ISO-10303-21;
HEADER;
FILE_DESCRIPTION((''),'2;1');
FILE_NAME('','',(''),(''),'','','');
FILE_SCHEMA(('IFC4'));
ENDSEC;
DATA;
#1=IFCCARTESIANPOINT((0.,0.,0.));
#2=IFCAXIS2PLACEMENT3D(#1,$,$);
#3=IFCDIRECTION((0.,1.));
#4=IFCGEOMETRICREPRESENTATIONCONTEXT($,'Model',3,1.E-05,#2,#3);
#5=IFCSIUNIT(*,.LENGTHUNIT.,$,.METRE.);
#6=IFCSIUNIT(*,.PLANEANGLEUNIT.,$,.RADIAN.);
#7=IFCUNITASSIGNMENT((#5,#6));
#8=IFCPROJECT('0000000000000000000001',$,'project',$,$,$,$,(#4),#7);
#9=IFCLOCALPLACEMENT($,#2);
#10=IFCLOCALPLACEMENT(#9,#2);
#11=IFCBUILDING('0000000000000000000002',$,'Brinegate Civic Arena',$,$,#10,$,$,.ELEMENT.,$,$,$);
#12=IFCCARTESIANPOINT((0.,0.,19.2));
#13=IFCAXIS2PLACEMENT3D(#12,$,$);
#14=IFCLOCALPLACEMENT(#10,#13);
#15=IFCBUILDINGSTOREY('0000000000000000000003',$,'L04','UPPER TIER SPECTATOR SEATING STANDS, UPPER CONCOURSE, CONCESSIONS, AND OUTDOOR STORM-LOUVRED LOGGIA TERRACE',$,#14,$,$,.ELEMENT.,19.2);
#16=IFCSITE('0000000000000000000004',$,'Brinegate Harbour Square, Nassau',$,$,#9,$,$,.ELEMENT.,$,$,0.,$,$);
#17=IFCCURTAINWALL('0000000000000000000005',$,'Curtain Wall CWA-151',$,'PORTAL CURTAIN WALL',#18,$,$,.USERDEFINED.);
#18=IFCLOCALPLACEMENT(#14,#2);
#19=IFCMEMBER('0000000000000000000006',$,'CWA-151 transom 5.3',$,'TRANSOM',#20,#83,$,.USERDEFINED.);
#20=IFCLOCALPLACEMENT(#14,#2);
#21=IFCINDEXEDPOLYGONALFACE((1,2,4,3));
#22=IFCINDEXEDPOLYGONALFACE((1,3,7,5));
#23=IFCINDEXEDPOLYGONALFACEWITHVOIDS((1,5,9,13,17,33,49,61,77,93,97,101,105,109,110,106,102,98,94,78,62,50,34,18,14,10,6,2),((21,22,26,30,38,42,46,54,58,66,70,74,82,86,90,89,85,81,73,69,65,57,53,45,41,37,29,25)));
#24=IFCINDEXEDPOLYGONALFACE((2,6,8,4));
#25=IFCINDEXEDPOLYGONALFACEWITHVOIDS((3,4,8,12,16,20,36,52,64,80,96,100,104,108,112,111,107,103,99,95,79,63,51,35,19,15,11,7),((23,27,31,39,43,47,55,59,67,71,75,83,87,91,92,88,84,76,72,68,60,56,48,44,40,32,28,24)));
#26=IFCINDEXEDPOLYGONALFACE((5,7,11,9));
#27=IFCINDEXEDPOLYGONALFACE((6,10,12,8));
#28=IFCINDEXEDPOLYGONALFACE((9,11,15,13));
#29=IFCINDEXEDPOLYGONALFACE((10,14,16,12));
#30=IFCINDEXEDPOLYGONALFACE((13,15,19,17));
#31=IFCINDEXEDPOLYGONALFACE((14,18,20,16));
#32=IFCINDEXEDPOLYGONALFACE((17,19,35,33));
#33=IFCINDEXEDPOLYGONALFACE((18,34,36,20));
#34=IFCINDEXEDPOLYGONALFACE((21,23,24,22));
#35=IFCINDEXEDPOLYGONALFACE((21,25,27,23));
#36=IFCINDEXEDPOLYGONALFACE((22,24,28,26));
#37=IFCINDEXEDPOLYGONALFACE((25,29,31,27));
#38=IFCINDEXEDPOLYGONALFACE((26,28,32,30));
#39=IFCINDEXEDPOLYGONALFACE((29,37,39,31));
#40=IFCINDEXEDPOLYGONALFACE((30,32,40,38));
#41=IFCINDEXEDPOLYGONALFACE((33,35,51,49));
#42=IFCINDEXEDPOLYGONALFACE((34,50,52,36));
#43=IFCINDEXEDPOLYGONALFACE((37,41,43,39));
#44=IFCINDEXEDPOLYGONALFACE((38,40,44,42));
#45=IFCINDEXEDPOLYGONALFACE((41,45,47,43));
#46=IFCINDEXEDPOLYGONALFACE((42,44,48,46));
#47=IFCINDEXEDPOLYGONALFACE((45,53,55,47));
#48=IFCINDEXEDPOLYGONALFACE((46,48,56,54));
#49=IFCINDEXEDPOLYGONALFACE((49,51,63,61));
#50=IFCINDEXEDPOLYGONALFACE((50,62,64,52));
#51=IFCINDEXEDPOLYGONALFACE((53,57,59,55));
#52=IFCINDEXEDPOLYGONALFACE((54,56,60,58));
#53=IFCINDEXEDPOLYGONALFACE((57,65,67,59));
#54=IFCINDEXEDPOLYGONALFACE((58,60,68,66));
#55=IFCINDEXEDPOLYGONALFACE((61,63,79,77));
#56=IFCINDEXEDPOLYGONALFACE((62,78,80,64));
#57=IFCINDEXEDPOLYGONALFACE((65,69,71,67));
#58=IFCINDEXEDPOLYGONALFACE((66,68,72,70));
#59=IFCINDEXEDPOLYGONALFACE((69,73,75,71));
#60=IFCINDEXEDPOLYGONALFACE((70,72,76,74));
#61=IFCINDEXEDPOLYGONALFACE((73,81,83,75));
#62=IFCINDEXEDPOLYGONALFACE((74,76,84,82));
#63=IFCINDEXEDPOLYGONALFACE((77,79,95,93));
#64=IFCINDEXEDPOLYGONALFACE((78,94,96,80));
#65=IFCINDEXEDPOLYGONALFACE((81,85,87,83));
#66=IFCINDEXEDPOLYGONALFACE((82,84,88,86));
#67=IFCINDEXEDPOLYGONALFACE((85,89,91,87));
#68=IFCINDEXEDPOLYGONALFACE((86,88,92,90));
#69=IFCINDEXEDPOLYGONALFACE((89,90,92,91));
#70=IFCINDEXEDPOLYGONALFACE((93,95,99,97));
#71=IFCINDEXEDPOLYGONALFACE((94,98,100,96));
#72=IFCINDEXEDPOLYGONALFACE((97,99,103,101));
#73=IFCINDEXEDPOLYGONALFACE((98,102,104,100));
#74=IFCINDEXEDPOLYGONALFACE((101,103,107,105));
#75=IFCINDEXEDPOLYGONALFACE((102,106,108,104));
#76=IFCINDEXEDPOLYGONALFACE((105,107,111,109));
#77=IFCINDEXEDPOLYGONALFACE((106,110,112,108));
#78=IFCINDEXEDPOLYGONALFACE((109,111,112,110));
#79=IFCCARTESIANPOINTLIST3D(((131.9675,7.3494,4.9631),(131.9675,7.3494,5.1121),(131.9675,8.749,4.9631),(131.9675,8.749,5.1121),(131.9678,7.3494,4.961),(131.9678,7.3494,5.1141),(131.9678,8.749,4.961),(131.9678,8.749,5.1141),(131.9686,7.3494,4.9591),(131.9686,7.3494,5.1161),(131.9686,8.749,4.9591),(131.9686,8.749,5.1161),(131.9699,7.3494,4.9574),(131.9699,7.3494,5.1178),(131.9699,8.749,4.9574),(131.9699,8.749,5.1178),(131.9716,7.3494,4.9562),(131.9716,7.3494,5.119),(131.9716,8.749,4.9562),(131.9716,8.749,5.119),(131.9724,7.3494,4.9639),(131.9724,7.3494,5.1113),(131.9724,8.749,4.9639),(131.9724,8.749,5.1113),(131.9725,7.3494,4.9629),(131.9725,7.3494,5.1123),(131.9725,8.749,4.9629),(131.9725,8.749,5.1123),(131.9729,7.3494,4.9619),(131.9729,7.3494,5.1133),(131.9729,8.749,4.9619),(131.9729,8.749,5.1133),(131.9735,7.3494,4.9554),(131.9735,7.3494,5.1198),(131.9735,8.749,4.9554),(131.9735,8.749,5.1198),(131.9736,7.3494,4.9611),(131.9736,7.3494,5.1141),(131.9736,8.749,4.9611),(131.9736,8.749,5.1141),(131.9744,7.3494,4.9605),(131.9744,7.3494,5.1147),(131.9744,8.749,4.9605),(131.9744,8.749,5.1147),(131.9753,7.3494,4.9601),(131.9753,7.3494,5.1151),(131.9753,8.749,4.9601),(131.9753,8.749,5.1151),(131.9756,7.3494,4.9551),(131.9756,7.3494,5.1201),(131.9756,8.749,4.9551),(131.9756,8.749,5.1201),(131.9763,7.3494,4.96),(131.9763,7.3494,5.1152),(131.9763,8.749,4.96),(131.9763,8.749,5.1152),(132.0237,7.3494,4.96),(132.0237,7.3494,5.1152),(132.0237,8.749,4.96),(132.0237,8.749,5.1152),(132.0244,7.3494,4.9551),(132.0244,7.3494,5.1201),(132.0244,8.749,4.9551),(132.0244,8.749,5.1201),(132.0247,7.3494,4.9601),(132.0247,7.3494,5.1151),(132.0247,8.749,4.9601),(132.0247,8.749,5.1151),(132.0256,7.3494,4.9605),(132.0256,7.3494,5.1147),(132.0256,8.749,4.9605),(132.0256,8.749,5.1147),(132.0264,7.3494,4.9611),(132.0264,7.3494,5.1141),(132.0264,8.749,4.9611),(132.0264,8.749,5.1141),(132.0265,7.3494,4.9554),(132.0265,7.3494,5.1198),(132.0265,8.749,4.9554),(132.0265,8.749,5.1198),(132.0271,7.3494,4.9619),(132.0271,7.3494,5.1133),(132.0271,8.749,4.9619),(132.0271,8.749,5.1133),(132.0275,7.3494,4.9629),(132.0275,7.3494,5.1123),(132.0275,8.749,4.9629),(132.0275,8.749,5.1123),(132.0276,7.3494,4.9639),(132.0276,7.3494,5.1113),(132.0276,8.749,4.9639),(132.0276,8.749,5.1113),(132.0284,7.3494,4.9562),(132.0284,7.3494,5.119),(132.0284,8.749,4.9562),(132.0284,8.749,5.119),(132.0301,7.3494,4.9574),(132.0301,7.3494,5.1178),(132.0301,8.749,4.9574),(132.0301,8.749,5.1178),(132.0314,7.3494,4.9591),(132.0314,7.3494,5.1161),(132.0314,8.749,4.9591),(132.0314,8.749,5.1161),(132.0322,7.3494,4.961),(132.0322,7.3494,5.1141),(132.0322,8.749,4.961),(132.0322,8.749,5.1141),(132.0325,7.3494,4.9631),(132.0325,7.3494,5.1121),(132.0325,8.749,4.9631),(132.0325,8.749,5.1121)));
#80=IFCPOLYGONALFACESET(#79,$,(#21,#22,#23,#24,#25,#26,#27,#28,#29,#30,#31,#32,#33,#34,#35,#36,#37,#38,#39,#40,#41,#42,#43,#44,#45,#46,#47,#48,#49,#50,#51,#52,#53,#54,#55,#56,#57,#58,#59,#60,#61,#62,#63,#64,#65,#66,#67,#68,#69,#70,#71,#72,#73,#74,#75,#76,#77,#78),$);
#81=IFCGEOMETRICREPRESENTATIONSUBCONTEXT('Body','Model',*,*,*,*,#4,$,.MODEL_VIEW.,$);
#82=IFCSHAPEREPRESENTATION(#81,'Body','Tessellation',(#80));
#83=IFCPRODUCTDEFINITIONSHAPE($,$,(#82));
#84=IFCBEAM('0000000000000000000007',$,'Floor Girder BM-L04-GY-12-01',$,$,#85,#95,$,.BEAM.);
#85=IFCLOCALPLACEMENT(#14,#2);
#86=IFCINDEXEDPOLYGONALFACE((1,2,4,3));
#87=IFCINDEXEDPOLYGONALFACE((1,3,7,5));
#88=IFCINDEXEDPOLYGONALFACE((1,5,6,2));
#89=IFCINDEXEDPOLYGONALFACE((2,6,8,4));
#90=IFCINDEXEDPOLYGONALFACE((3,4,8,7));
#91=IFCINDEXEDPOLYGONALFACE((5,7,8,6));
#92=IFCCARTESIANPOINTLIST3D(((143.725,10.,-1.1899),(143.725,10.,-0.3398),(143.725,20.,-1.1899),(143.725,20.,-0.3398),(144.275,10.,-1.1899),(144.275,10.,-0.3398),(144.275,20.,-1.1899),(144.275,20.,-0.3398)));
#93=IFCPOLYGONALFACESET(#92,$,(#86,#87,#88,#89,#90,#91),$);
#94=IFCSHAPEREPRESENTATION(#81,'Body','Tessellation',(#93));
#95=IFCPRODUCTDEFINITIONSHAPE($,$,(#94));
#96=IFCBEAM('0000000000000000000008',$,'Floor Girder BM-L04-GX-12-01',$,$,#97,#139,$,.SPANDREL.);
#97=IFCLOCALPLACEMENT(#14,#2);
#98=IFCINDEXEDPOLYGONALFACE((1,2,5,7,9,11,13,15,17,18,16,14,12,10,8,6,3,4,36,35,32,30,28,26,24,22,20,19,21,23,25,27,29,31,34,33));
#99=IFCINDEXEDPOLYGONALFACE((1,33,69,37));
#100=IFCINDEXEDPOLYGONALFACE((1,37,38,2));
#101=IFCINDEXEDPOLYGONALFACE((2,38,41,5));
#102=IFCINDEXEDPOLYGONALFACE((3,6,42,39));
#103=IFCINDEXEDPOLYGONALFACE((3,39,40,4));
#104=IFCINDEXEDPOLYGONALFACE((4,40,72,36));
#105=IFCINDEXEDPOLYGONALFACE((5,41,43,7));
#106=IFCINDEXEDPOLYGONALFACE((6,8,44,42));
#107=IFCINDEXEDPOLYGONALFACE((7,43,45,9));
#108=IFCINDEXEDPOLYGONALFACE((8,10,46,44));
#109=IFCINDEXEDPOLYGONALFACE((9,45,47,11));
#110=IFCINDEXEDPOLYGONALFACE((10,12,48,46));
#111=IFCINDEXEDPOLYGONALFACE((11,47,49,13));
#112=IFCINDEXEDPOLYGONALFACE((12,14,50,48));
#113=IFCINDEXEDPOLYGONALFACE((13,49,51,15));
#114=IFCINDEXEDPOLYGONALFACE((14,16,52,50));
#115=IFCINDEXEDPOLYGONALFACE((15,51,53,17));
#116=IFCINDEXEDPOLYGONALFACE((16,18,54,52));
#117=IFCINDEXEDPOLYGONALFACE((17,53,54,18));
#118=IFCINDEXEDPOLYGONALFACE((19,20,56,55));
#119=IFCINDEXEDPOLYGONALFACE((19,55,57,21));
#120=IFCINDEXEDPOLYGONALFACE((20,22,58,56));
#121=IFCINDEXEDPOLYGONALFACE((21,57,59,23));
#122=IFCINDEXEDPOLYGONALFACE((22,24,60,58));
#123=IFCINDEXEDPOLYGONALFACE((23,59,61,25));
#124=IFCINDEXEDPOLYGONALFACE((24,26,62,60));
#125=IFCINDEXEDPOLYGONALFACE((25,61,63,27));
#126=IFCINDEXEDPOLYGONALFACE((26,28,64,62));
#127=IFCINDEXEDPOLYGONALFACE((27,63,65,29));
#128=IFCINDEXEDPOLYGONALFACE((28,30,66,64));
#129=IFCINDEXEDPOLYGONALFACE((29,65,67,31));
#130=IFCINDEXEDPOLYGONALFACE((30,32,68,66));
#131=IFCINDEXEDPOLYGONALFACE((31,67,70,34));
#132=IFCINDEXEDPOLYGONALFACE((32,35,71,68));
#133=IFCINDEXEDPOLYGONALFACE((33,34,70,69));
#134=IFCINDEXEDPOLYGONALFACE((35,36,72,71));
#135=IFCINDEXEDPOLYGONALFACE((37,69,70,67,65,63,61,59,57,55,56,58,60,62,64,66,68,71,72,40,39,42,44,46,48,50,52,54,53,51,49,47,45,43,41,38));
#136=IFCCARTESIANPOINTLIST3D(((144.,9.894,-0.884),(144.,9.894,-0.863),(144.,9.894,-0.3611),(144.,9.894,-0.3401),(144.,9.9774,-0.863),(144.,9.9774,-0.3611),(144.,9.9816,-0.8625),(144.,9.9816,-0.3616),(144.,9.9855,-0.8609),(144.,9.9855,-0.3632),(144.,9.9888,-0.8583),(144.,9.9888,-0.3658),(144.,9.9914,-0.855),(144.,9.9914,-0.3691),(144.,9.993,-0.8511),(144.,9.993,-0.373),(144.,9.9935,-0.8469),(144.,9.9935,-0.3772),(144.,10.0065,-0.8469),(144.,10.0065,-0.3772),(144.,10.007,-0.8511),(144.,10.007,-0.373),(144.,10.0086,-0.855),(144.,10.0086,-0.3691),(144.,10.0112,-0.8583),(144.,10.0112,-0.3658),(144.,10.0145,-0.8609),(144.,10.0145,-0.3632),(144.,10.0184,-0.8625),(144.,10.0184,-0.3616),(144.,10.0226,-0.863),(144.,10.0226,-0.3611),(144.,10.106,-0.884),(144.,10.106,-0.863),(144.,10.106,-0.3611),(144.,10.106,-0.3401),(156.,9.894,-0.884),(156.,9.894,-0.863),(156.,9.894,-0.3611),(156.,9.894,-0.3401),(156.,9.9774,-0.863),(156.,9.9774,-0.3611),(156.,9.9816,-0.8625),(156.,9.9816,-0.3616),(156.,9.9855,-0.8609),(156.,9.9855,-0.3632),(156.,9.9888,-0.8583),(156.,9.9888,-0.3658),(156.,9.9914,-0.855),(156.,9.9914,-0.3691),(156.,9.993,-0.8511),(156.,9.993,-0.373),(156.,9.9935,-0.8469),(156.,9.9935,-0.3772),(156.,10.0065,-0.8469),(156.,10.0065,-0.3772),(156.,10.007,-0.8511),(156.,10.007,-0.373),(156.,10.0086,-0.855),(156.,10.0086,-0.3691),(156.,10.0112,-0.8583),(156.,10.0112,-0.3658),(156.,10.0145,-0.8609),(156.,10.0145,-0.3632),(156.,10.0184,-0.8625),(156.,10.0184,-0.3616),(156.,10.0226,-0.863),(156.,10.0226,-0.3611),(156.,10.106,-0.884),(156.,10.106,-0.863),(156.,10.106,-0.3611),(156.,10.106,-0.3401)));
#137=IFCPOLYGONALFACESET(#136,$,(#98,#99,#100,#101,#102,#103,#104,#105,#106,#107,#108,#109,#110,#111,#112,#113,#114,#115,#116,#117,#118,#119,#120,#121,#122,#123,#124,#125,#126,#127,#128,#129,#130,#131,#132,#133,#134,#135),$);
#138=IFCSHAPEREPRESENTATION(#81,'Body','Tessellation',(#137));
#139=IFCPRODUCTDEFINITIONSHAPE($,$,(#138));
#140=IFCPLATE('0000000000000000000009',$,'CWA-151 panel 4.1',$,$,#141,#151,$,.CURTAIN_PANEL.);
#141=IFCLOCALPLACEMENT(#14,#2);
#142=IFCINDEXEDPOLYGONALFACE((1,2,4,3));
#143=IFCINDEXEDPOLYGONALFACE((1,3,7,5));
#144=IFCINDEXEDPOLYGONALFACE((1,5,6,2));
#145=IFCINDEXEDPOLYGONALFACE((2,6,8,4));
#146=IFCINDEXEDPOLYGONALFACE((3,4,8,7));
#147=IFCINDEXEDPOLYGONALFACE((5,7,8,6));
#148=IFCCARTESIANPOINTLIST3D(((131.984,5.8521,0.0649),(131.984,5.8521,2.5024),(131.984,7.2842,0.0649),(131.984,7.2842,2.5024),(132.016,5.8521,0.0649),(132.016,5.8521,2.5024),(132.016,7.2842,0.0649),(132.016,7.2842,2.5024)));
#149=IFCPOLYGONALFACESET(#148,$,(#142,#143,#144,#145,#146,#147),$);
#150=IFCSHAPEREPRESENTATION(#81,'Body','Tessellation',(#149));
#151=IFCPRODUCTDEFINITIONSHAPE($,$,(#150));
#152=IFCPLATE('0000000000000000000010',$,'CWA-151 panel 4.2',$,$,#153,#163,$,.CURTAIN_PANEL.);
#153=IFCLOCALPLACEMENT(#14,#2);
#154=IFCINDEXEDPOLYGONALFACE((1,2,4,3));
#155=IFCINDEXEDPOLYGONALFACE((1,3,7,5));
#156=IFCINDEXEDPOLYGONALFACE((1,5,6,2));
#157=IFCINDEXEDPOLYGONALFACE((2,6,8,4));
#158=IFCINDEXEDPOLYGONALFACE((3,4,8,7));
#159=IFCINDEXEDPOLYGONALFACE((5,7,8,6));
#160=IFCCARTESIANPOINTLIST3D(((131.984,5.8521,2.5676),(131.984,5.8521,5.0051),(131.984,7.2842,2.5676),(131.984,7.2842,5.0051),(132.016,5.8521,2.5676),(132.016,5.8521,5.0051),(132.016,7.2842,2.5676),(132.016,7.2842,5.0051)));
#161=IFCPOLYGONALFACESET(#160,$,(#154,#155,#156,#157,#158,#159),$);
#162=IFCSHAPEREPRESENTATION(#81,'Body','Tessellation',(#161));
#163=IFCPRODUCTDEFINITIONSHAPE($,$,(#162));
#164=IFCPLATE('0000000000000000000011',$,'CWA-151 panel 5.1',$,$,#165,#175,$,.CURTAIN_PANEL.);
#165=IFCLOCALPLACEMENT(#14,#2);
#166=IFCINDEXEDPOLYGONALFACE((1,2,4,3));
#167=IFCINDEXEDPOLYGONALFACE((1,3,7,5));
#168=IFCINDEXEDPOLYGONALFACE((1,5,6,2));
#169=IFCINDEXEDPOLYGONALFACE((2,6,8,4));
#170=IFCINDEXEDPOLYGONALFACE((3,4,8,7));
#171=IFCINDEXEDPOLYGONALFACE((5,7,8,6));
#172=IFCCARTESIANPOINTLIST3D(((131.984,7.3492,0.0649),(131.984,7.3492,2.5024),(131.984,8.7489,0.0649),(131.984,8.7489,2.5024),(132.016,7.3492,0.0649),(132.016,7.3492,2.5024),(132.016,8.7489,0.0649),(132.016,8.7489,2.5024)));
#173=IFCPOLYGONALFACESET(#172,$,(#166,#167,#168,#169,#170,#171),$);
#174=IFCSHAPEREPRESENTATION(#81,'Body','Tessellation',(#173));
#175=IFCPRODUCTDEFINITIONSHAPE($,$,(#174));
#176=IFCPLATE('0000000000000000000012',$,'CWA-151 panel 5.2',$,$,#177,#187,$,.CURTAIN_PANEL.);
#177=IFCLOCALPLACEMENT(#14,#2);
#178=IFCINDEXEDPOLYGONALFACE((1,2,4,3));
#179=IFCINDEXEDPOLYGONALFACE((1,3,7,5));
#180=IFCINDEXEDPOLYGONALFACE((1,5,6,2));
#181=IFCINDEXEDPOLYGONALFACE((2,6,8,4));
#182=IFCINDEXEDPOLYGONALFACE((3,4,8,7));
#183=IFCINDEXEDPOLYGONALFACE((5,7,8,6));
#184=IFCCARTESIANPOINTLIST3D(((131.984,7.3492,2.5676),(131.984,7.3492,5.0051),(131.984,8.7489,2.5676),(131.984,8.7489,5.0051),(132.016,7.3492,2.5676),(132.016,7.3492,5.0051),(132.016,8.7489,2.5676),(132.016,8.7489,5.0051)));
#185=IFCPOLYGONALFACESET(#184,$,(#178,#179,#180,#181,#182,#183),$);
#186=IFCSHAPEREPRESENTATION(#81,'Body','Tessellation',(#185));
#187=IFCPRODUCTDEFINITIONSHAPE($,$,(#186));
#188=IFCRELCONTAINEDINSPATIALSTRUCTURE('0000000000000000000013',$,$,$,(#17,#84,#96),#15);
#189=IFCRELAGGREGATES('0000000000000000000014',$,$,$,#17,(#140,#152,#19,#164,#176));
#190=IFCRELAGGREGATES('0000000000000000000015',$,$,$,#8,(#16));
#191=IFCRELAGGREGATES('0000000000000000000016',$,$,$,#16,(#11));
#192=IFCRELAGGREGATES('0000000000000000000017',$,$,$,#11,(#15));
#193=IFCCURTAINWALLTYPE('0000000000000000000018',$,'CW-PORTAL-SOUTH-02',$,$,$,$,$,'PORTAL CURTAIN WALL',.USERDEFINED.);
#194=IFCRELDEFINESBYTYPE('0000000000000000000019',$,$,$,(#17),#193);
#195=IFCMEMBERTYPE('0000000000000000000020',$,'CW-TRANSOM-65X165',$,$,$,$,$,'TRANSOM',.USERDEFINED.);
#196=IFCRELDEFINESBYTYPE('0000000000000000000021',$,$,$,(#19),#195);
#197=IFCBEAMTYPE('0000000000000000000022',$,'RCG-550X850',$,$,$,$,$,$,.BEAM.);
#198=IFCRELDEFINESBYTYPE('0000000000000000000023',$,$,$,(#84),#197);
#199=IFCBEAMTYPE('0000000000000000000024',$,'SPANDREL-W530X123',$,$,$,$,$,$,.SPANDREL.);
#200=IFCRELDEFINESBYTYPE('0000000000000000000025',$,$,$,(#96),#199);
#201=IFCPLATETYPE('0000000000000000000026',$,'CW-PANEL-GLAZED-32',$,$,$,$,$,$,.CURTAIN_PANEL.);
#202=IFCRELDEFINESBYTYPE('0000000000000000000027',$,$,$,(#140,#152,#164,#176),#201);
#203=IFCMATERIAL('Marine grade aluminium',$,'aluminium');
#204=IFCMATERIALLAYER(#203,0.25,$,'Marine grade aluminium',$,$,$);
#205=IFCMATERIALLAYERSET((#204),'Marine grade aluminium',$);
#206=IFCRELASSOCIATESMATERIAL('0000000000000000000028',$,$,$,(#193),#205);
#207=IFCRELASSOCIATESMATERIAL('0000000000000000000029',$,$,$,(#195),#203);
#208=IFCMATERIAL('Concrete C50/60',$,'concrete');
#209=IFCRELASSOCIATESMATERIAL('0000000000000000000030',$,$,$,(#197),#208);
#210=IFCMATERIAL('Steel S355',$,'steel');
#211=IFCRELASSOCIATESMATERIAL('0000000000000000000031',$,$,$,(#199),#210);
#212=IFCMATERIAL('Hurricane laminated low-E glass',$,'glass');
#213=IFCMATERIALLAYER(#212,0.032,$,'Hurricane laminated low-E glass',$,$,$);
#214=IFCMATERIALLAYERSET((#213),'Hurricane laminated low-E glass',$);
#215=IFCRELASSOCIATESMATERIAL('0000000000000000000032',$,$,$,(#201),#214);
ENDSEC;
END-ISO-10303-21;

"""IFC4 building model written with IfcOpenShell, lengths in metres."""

from ifc_helpers import new_model, si_unit, direction, frame, origin, origin_2d, place, context, subcontext, project, spatial, rectangle, hollow_rectangle, i_section, extrude, material, layer, layer_set, material_profile, profile_set, type_object, element, aggregate, save


model = new_model("IFC4")

# Units and contexts
model_context = context("Model", 3, precision=1e-05, world=origin(), true_north=direction((0.0, 1.0)))
body_context = subcontext(model_context, "Body", "Model", "MODEL_VIEW")
ifc_project = project(units=[si_unit("LENGTHUNIT", "METRE"), si_unit("PLANEANGLEUNIT", "RADIAN")], contexts=[model_context])

# Site, building, storey
site_placement = place(None, origin())
site = spatial("IfcSite", under=ifc_project, at=site_placement, Name="Brinegate Harbour Square, Nassau", CompositionType="ELEMENT", RefElevation=0.0)
building_placement = place(site_placement, origin())
building = spatial("IfcBuilding", under=site, at=building_placement, Name="Brinegate Civic Arena", CompositionType="ELEMENT")
storey_placement = place(building_placement, frame((0.0, 0.0, 19.2)))
storey = spatial("IfcBuildingStorey", under=building, at=storey_placement, Name="L04", Description="UPPER TIER SPECTATOR SEATING STANDS, UPPER CONCOURSE, CONCESSIONS, AND OUTDOOR STORM-LOUVRED LOGGIA TERRACE", CompositionType="ELEMENT", Elevation=19.2)

# Shared definitions
ifc_material_1 = material(Name="Concrete C50/60", Category="concrete")

# Curtain wall
ifc_material_2 = material(Name="Marine grade aluminium", Category="aluminium")
ifc_layer_1 = layer(ifc_material_2, 0.25, Name="Marine grade aluminium")
ifc_layer_set_1 = layer_set([ifc_layer_1], Name="Marine grade aluminium")
curtain_wall_type_1 = type_object("IfcCurtainWallType", Name="CW-PORTAL-SOUTH-02", ElementType="PORTAL CURTAIN WALL", PredefinedType="USERDEFINED", material=ifc_layer_set_1)
curtain_wall_1_placement = place(storey_placement, origin())
curtain_wall_1 = element("IfcCurtainWall", 1, at=curtain_wall_1_placement, inside=storey, type_object=curtain_wall_type_1, Name="Curtain Wall CWA-151", ObjectType="PORTAL CURTAIN WALL", PredefinedType="USERDEFINED")

# Member
ifc_material_profile_1 = material_profile(ifc_material_2, hollow_rectangle(XDim=0.0649, YDim=0.165, WallThickness=0.0049, InnerFilletRadius=0.0039, OuterFilletRadius=0.0081, at=origin_2d()), Name="TRN65X165")
ifc_profile_set_1 = profile_set([ifc_material_profile_1], Name="Marine grade aluminium")
member_type_1 = type_object("IfcMemberType", Name="CW-TRANSOM-65X165", ElementType="TRANSOM", PredefinedType="USERDEFINED", material=ifc_profile_set_1)
member_1_placement = place(storey_placement, frame((132.0, 7.3494, 5.0376), z_axis=(0.0, 1.0, 0.0), x_axis=(-1.0, 0.0, 0.0)))
member_1 = element("IfcMember", 2, at=member_1_placement, type_object=member_type_1, Name="CWA-151 transom 5.3", ObjectType="TRANSOM", PredefinedType="USERDEFINED", context=body_context, shape_type="SweptSolid", body=[
    extrude(hollow_rectangle(XDim=0.0649, YDim=0.165, WallThickness=0.0049, InnerFilletRadius=0.0039, OuterFilletRadius=0.0081, at=origin_2d()), origin(), (0.0, 0.0, 1.0), 1.3997),
])

# Beams
ifc_material_profile_2 = material_profile(ifc_material_1, rectangle(XDim=0.55, YDim=0.8501, at=origin_2d()), Name="RCB550X850")
ifc_profile_set_2 = profile_set([ifc_material_profile_2], Name="Concrete C50/60")
beam_type_1 = type_object("IfcBeamType", Name="RCG-550X850", PredefinedType="BEAM", material=ifc_profile_set_2)
beam_1_placement = place(storey_placement, frame((144.0, 10.0, -0.7649), z_axis=(0.0, 1.0, 0.0), x_axis=(-1.0, 0.0, 0.0)))
element("IfcBeam", 3, at=beam_1_placement, inside=storey, type_object=beam_type_1, Name="Floor Girder BM-L04-GY-12-01", PredefinedType="BEAM", context=body_context, shape_type="SweptSolid", body=[
    extrude(rectangle(XDim=0.55, YDim=0.8501, at=origin_2d()), origin(), (0.0, 0.0, 1.0), 10.0),
])
ifc_material_3 = material(Name="Steel S355", Category="steel")
ifc_material_profile_3 = material_profile(ifc_material_3, i_section(OverallWidth=0.2119, OverallDepth=0.5439, WebThickness=0.0129, FlangeThickness=0.021, FilletRadius=0.0161, at=origin_2d()), Name="W530X123")
ifc_profile_set_3 = profile_set([ifc_material_profile_3], Name="Steel S355")
beam_type_2 = type_object("IfcBeamType", Name="SPANDREL-W530X123", PredefinedType="SPANDREL", material=ifc_profile_set_3)
beam_2_placement = place(storey_placement, frame((144.0, 10.0, -0.6121), z_axis=(1.0, 0.0, 0.0), x_axis=(0.0, 1.0, 0.0)))
element("IfcBeam", 4, at=beam_2_placement, inside=storey, type_object=beam_type_2, Name="Floor Girder BM-L04-GX-12-01", PredefinedType="SPANDREL", context=body_context, shape_type="SweptSolid", body=[
    extrude(i_section(OverallWidth=0.2119, OverallDepth=0.5439, WebThickness=0.0129, FlangeThickness=0.021, FilletRadius=0.0161, at=origin_2d()), origin(), (0.0, 0.0, 1.0), 12.0),
])

# Plates
ifc_material_4 = material(Name="Hurricane laminated low-E glass", Category="glass")
ifc_layer_2 = layer(ifc_material_4, 0.032, Name="Hurricane laminated low-E glass")
ifc_layer_set_2 = layer_set([ifc_layer_2], Name="Hurricane laminated low-E glass")
plate_type = type_object("IfcPlateType", Name="CW-PANEL-GLAZED-32", PredefinedType="CURTAIN_PANEL", material=ifc_layer_set_2)
plate_1_placement = place(storey_placement, frame((132.0, 6.5681, 0.0649), z_axis=(0.0, 0.0, 1.0), x_axis=(0.0, 1.0, 0.0)))
plate_1 = element("IfcPlate", 5, at=plate_1_placement, type_object=plate_type, Name="CWA-151 panel 4.1", PredefinedType="CURTAIN_PANEL", context=body_context, shape_type="SweptSolid", body=[
    extrude(rectangle(XDim=1.4321, YDim=0.032, at=origin_2d()), origin(), (0.0, 0.0, 1.0), 2.4375),
])
plate_2_placement = place(storey_placement, frame((132.0, 6.5681, 2.5676), z_axis=(0.0, 0.0, 1.0), x_axis=(0.0, 1.0, 0.0)))
plate_2 = element("IfcPlate", 6, at=plate_2_placement, type_object=plate_type, Name="CWA-151 panel 4.2", PredefinedType="CURTAIN_PANEL", context=body_context, shape_type="SweptSolid", body=[
    extrude(rectangle(XDim=1.4321, YDim=0.032, at=origin_2d()), origin(), (0.0, 0.0, 1.0), 2.4375),
])
plate_3_placement = place(storey_placement, frame((132.0, 8.0491, 0.0649), z_axis=(0.0, 0.0, 1.0), x_axis=(0.0, 1.0, 0.0)))
plate_3 = element("IfcPlate", 7, at=plate_3_placement, type_object=plate_type, Name="CWA-151 panel 5.1", PredefinedType="CURTAIN_PANEL", context=body_context, shape_type="SweptSolid", body=[
    extrude(rectangle(XDim=1.3997, YDim=0.032, at=origin_2d()), origin(), (0.0, 0.0, 1.0), 2.4375),
])
plate_4_placement = place(storey_placement, frame((132.0, 8.0491, 2.5676), z_axis=(0.0, 0.0, 1.0), x_axis=(0.0, 1.0, 0.0)))
plate_4 = element("IfcPlate", 8, at=plate_4_placement, type_object=plate_type, Name="CWA-151 panel 5.2", PredefinedType="CURTAIN_PANEL", context=body_context, shape_type="SweptSolid", body=[
    extrude(rectangle(XDim=1.3997, YDim=0.032, at=origin_2d()), origin(), (0.0, 0.0, 1.0), 2.4375),
])
aggregate(curtain_wall_1, [plate_1, plate_2, member_1, plate_3, plate_4])

save(model, "model.ifc")
